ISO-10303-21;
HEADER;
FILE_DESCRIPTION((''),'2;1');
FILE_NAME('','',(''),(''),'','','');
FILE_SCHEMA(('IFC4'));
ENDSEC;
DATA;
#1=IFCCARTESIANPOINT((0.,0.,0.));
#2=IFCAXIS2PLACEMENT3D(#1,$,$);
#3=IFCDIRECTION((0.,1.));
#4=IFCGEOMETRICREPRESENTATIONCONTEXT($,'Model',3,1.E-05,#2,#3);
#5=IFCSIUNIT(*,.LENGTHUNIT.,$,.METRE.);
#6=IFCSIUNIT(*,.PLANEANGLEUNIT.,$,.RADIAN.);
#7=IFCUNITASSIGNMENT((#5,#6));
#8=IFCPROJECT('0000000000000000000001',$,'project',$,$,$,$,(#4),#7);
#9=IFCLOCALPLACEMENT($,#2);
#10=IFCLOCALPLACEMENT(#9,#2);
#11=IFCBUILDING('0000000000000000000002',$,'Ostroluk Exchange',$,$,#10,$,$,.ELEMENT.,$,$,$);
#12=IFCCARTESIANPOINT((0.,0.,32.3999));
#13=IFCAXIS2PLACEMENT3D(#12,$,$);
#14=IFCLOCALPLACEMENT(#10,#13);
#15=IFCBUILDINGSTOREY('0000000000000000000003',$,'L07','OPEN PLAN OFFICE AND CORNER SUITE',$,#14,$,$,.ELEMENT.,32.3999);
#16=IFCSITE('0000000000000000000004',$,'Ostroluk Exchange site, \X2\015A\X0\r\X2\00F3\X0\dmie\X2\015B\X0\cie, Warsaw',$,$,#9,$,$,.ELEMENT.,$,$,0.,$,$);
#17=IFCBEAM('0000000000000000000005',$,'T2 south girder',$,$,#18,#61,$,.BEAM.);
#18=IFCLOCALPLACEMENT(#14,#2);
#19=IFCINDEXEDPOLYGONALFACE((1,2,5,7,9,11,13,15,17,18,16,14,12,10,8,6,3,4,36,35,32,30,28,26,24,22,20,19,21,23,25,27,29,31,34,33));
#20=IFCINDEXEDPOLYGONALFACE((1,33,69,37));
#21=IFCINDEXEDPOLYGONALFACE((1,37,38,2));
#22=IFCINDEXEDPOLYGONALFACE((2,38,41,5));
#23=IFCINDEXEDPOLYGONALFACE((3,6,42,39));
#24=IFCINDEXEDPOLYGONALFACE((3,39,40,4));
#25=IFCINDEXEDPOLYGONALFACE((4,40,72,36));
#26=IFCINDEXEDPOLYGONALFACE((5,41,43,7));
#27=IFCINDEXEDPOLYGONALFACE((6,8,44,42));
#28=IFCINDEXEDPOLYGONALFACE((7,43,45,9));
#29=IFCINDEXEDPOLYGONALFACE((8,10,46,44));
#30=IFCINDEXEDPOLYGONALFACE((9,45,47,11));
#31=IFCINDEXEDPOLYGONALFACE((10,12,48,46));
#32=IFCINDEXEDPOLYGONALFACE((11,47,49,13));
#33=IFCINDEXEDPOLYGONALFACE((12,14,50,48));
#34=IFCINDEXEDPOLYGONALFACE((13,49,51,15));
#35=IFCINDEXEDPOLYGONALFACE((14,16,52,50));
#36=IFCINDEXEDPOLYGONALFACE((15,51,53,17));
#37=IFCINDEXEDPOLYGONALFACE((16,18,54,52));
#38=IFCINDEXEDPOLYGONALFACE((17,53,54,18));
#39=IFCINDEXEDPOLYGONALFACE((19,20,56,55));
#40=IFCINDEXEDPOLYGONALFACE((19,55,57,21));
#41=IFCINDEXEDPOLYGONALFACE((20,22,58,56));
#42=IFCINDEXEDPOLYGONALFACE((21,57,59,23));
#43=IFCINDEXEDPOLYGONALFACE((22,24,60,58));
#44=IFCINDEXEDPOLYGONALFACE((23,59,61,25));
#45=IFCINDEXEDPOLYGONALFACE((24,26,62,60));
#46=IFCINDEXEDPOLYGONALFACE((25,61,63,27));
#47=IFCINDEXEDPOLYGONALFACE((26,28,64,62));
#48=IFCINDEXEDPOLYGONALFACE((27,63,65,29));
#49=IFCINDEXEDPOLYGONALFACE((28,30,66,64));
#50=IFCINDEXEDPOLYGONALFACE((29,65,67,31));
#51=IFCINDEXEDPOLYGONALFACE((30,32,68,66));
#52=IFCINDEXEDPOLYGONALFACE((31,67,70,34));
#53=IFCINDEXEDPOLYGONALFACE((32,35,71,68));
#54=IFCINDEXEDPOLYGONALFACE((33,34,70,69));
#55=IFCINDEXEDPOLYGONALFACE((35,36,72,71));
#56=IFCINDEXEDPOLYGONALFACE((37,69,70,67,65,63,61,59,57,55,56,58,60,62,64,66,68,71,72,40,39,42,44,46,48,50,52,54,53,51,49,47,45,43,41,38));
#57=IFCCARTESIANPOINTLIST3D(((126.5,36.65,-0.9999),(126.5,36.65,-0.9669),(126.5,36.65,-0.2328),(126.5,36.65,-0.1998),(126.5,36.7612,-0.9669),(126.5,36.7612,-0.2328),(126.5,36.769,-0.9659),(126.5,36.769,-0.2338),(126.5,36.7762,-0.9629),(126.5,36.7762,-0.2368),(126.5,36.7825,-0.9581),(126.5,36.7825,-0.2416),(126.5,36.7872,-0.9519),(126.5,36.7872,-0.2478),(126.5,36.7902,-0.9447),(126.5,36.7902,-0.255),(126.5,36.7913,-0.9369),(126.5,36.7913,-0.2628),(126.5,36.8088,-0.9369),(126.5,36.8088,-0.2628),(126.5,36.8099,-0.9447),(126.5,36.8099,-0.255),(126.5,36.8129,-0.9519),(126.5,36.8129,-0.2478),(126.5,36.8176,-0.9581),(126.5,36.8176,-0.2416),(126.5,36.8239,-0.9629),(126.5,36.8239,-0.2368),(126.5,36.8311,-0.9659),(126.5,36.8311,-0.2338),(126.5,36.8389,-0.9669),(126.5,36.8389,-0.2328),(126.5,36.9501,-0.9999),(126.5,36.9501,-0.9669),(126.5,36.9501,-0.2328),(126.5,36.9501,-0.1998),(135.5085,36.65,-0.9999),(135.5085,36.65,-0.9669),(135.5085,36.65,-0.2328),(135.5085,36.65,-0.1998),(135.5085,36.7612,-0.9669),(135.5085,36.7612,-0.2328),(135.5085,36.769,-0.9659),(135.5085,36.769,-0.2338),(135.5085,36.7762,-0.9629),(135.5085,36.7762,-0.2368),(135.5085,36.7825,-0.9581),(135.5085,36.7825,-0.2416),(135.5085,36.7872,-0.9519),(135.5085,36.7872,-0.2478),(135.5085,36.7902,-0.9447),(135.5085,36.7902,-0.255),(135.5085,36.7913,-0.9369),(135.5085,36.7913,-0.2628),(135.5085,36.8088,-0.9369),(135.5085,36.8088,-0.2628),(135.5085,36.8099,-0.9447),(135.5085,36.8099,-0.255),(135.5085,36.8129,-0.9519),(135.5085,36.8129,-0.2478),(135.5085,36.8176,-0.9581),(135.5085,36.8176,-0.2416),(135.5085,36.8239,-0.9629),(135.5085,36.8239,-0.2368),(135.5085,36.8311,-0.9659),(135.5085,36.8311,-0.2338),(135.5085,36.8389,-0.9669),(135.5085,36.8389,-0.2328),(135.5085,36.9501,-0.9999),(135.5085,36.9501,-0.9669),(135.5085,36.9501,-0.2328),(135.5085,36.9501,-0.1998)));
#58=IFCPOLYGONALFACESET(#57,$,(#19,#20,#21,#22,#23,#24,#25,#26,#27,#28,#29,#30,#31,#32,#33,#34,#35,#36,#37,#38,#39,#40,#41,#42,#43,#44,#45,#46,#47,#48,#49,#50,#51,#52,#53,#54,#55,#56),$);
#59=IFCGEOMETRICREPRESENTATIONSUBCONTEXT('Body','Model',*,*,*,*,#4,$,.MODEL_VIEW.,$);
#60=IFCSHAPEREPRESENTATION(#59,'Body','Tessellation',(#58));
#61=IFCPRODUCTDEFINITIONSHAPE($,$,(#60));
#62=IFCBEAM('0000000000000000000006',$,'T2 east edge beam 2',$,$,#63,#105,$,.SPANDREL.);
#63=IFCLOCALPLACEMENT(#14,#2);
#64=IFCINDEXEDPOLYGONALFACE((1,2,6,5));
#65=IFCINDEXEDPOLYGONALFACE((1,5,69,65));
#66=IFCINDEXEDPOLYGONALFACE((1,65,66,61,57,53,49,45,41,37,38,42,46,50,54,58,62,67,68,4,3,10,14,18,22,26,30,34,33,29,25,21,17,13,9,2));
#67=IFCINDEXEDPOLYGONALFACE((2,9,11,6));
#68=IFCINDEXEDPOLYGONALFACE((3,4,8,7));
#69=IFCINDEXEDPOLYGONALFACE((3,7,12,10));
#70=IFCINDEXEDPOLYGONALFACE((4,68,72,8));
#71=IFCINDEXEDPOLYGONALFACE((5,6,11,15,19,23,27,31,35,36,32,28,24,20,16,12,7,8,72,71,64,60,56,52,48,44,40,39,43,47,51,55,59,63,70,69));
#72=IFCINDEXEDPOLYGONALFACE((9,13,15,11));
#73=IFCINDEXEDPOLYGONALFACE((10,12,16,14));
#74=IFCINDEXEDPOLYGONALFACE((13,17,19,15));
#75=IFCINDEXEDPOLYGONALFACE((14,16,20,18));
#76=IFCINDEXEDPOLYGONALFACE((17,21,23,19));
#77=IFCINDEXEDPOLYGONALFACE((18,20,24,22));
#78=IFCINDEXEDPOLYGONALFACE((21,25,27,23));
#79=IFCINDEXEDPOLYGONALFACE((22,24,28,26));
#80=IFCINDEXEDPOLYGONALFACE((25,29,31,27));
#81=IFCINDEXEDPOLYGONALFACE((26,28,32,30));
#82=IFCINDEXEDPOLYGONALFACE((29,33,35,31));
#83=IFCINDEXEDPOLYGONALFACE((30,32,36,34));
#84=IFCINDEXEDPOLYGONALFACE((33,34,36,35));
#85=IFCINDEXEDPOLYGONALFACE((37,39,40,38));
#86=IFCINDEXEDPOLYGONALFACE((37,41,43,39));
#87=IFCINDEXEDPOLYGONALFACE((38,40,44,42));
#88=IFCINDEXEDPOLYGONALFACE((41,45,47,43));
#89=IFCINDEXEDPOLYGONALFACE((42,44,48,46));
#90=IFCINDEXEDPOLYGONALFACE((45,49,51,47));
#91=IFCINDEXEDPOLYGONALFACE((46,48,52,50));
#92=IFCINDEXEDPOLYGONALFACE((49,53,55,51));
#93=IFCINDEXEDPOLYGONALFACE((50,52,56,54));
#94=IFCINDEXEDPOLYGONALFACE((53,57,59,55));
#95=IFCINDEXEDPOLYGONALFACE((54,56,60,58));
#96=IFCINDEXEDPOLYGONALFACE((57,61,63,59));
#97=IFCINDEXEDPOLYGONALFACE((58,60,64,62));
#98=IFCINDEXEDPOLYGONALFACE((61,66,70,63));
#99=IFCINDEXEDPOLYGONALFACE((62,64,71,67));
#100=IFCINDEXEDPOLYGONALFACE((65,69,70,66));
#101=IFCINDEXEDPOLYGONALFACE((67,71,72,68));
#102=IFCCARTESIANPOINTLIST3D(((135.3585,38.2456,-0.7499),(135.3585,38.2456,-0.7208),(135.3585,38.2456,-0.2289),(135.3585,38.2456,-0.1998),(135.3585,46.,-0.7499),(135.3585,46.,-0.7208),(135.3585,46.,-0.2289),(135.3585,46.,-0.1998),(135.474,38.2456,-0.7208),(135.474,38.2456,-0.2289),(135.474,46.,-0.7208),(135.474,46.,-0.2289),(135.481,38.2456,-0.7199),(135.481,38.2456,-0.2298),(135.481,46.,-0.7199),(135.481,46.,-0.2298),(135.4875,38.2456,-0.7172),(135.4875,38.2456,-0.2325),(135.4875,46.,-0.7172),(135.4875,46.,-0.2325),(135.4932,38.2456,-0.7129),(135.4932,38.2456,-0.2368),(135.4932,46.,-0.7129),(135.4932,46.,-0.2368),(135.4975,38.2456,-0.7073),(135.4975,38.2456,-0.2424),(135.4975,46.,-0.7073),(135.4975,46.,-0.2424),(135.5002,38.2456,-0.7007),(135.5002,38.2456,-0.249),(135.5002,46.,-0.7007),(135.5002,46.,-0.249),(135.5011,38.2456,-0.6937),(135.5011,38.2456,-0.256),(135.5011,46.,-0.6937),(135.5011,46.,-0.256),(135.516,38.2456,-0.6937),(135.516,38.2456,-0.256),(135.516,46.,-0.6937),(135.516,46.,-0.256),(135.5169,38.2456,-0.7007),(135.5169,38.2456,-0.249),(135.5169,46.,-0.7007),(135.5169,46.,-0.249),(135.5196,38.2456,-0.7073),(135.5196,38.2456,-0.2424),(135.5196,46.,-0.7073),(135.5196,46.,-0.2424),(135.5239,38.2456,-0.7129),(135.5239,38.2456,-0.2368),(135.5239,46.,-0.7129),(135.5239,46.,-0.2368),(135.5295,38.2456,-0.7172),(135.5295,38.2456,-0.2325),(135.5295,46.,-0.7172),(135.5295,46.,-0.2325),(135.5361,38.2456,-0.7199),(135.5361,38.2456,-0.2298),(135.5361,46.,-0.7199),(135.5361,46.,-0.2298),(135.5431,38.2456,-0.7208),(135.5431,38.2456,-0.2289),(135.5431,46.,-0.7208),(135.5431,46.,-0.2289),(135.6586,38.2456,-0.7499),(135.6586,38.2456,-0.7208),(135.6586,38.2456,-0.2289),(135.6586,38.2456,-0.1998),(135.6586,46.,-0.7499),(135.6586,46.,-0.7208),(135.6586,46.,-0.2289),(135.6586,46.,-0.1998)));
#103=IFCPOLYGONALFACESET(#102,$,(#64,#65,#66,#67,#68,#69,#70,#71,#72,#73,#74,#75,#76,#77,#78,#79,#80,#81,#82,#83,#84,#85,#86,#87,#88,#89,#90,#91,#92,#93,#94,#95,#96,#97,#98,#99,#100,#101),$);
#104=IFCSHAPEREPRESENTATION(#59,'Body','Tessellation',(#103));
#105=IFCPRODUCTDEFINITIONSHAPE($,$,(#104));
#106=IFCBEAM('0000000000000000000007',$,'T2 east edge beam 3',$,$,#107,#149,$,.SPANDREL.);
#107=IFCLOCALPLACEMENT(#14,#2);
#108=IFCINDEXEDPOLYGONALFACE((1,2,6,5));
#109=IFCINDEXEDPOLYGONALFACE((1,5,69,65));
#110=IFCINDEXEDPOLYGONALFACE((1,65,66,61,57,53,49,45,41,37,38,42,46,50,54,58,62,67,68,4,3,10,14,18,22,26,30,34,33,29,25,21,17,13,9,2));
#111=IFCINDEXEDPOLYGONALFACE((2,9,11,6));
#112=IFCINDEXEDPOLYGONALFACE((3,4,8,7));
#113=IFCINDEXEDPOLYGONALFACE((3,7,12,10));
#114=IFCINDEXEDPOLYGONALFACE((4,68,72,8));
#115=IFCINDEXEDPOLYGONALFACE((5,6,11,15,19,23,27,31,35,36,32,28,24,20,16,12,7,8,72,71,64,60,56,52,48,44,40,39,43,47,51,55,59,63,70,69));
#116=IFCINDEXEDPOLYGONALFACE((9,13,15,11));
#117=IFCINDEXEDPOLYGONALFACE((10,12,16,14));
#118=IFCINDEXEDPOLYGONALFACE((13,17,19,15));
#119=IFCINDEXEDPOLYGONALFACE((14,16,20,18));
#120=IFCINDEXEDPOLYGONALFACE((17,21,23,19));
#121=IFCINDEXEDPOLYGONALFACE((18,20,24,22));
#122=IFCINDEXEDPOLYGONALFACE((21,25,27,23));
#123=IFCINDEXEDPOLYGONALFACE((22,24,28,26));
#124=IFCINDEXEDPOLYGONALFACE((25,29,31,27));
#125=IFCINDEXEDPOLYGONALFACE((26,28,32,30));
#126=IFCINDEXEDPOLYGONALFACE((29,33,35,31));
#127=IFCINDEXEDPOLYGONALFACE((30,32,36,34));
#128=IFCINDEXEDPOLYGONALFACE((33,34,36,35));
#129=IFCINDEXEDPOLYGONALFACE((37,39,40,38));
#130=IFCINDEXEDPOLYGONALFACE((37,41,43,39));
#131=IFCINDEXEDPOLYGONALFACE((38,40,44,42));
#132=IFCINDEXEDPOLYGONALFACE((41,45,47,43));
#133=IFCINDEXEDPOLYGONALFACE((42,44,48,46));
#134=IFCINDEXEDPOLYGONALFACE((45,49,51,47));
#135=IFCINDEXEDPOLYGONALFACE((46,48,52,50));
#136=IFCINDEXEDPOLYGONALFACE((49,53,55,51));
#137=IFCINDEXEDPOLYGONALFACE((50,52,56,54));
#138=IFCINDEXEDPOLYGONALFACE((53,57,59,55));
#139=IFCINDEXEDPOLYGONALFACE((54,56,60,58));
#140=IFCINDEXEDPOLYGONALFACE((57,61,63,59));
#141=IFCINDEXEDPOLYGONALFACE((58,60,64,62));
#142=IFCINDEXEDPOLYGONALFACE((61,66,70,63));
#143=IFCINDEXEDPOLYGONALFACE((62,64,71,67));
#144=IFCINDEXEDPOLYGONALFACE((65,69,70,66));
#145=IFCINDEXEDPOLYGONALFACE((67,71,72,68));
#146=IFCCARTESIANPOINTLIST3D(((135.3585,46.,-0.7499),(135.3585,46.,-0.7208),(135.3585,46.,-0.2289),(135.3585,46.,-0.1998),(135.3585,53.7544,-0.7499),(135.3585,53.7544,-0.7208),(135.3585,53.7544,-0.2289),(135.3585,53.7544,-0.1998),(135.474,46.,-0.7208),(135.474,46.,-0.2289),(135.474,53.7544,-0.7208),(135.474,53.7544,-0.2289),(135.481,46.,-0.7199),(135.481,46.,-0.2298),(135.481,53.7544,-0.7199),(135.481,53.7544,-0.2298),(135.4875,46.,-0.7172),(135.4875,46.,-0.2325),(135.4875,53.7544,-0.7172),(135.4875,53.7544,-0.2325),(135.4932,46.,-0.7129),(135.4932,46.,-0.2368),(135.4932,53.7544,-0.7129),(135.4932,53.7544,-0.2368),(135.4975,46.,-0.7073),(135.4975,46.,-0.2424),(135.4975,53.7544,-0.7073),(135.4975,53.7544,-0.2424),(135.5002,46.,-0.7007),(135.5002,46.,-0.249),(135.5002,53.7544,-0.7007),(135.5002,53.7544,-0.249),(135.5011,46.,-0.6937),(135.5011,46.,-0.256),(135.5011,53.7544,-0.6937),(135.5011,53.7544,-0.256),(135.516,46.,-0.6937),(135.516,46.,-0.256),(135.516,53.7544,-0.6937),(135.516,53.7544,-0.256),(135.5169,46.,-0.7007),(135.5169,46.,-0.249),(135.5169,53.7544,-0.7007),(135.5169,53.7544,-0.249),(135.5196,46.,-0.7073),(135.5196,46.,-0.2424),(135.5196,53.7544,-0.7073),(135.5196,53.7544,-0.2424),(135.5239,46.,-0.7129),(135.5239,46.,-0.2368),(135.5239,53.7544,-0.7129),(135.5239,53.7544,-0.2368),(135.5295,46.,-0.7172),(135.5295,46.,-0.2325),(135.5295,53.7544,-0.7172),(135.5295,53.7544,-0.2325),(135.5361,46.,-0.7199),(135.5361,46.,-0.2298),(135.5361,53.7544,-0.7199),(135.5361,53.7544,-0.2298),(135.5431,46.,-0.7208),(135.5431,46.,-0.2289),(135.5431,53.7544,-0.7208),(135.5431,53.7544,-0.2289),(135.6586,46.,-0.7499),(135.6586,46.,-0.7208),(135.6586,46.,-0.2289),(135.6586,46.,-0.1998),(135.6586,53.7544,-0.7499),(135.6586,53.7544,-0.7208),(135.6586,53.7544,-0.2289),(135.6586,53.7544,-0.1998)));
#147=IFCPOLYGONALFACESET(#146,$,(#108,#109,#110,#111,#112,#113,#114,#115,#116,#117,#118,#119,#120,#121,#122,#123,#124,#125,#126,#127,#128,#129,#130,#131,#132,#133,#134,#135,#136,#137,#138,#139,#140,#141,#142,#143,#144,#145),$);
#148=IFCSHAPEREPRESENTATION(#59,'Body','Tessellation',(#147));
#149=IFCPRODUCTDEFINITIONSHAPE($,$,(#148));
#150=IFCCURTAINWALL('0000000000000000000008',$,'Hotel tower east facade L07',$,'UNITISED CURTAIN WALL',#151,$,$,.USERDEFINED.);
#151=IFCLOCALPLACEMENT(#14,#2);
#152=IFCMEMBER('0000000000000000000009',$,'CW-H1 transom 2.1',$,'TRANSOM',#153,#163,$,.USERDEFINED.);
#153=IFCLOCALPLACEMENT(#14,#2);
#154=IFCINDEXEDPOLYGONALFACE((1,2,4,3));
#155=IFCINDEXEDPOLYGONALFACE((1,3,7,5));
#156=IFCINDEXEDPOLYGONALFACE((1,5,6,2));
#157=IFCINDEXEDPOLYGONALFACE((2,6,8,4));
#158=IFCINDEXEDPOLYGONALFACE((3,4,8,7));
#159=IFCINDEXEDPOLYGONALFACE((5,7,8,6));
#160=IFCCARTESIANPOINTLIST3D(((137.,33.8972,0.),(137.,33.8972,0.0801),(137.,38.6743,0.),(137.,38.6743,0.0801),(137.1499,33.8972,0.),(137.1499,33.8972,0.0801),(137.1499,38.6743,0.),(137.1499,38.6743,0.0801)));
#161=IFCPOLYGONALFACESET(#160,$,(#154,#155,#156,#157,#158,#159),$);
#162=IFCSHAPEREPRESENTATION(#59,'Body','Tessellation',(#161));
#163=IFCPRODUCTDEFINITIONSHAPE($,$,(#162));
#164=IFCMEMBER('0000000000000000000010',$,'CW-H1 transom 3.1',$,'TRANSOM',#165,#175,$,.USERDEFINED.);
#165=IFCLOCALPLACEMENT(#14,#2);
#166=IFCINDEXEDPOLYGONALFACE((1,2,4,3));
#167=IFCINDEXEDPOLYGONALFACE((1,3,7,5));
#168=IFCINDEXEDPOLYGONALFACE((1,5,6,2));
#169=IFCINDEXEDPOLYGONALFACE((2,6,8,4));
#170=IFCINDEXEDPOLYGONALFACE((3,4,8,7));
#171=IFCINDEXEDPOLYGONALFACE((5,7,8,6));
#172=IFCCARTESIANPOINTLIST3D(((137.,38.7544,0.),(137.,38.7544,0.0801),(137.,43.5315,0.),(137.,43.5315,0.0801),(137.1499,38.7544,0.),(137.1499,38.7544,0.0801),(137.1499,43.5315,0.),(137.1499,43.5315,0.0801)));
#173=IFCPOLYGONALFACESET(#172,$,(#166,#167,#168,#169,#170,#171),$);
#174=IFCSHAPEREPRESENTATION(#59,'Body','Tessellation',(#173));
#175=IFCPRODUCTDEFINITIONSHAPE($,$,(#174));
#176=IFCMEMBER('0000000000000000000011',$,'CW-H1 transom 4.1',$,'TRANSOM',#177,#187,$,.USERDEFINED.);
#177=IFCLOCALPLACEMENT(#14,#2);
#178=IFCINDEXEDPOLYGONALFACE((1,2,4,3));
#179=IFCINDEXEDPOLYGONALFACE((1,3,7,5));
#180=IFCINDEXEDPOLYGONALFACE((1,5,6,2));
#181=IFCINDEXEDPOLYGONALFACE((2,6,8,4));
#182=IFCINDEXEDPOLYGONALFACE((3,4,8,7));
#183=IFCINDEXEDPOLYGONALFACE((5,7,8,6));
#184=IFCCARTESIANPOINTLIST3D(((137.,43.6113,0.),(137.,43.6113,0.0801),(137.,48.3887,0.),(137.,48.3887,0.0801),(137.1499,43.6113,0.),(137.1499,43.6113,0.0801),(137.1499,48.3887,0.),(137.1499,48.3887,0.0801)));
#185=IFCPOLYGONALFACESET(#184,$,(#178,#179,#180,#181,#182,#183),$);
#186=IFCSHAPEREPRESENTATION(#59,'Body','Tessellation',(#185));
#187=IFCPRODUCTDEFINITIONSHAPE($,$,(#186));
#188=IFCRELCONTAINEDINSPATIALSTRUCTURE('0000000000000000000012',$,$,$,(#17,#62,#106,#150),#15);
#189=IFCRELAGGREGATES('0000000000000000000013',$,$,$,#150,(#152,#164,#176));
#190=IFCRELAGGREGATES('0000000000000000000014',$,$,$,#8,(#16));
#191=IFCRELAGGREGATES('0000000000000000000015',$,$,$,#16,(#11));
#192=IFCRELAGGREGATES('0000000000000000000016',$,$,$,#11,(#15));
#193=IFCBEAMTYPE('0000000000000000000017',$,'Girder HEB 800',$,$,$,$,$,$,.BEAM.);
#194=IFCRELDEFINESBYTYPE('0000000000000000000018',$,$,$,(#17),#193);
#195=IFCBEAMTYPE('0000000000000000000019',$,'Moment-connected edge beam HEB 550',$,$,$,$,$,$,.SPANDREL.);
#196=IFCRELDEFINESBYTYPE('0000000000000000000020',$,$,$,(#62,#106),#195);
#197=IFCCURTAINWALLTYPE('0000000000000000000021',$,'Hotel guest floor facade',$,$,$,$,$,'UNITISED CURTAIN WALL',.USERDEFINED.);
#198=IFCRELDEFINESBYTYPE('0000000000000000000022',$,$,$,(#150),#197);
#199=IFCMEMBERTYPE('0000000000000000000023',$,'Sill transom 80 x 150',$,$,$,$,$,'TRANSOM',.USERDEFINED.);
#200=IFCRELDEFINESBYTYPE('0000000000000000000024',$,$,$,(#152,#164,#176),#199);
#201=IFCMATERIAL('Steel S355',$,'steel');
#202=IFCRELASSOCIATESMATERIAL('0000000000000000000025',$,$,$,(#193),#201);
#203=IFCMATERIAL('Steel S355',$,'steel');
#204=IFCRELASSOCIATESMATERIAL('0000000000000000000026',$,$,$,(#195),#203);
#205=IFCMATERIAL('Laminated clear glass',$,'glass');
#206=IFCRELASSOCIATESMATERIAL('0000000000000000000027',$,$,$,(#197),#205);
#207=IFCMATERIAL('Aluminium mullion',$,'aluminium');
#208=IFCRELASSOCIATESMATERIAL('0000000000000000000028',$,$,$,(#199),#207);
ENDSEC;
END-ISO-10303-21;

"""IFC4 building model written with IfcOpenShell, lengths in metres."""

from ifc_helpers import new_model, si_unit, direction, frame, origin, origin_2d, place, context, subcontext, project, spatial, rectangle, i_section, extrude, material, material_profile, profile_set, type_object, element, aggregate, save


model = new_model("IFC4")

# Units and contexts
model_context = context("Model", 3, precision=1e-05, world=origin(), true_north=direction((0.0, 1.0)))
body_context = subcontext(model_context, "Body", "Model", "MODEL_VIEW")
ifc_project = project(units=[si_unit("LENGTHUNIT", "METRE"), si_unit("PLANEANGLEUNIT", "RADIAN")], contexts=[model_context])

# Site, building, storey
site_placement = place(None, origin())
site = spatial("IfcSite", under=ifc_project, at=site_placement, Name="Ostroluk Exchange site, Śródmieście, Warsaw", CompositionType="ELEMENT", RefElevation=0.0)
building_placement = place(site_placement, origin())
building = spatial("IfcBuilding", under=site, at=building_placement, Name="Ostroluk Exchange", CompositionType="ELEMENT")
storey_placement = place(building_placement, frame((0.0, 0.0, 32.3999)))
storey = spatial("IfcBuildingStorey", under=building, at=storey_placement, Name="L07", Description="OPEN PLAN OFFICE AND CORNER SUITE", CompositionType="ELEMENT", Elevation=32.3999)

# Beams
ifc_material_1 = material(Name="Steel S355", Category="steel")
ifc_material_profile_1 = material_profile(ifc_material_1, i_section(OverallWidth=0.3, OverallDepth=0.8, WebThickness=0.0176, FlangeThickness=0.033, FilletRadius=0.03, at=origin_2d()), Name="HEB 800")
ifc_profile_set_1 = profile_set([ifc_material_profile_1], Name="Steel S355")
beam_type_1 = type_object("IfcBeamType", Name="Girder HEB 800", PredefinedType="BEAM", material=ifc_profile_set_1)
beam_placement = place(storey_placement, frame((126.5, 36.8, -0.5999), z_axis=(1.0, 0.0, 0.0), x_axis=(0.0, 1.0, 0.0)))
element("IfcBeam", 1, at=beam_placement, inside=storey, type_object=beam_type_1, Name="T2 south girder", PredefinedType="BEAM", context=body_context, shape_type="SweptSolid", body=[
    extrude(i_section(OverallWidth=0.3, OverallDepth=0.8, WebThickness=0.0176, FlangeThickness=0.033, FilletRadius=0.03, at=origin_2d()), origin(), (0.0, 0.0, 1.0), 9.0085),
])
ifc_material_2 = material(Name="Steel S355", Category="steel")
ifc_material_profile_2 = material_profile(ifc_material_2, i_section(OverallWidth=0.3, OverallDepth=0.55, WebThickness=0.0149, FlangeThickness=0.0291, FilletRadius=0.0271, at=origin_2d()), Name="HEB 550")
ifc_profile_set_2 = profile_set([ifc_material_profile_2], Name="Steel S355")
beam_type_2 = type_object("IfcBeamType", Name="Moment-connected edge beam HEB 550", PredefinedType="SPANDREL", material=ifc_profile_set_2)
for number, where, z_axis, x_axis, name in (
    (2, (135.5085, 38.2456, -0.4749), (0.0, 1.0, 0.0), (-1.0, 0.0, 0.0), "T2 east edge beam 2"),
    (3, (135.5085, 46.0, -0.4749), (0.0, 1.0, 0.0), (-1.0, 0.0, 0.0), "T2 east edge beam 3"),
):
    element("IfcBeam", number, at=place(storey_placement, frame(where, z_axis=z_axis, x_axis=x_axis)), inside=storey, type_object=beam_type_2, Name=name, PredefinedType="SPANDREL", context=body_context, shape_type="SweptSolid", body=[
        extrude(i_section(OverallWidth=0.3, OverallDepth=0.55, WebThickness=0.0149, FlangeThickness=0.0291, FilletRadius=0.0271, at=origin_2d()), origin(), (0.0, 0.0, 1.0), 7.7544),
    ])

# Curtain wall, members
ifc_material_3 = material(Name="Laminated clear glass", Category="glass")
curtain_wall_type = type_object("IfcCurtainWallType", Name="Hotel guest floor facade", ElementType="UNITISED CURTAIN WALL", PredefinedType="USERDEFINED", material=ifc_material_3)
curtain_wall_placement = place(storey_placement, origin())
curtain_wall = element("IfcCurtainWall", 4, at=curtain_wall_placement, inside=storey, type_object=curtain_wall_type, Name="Hotel tower east facade L07", ObjectType="UNITISED CURTAIN WALL", PredefinedType="USERDEFINED")
ifc_material_4 = material(Name="Aluminium mullion", Category="aluminium")
ifc_material_profile_3 = material_profile(ifc_material_4, rectangle(XDim=0.1499, YDim=0.0801, at=origin_2d()), Name="Sill transom 80 x 150")
ifc_profile_set_3 = profile_set([ifc_material_profile_3], Name="Aluminium mullion")
member_type_1 = type_object("IfcMemberType", Name="Sill transom 80 x 150", ElementType="TRANSOM", PredefinedType="USERDEFINED", material=ifc_profile_set_3)
member_1_placement = place(storey_placement, frame((137.075, 33.8972, 0.04), z_axis=(0.0, 1.0, 0.0), x_axis=(-1.0, 0.0, 0.0)))
member_1 = element("IfcMember", 5, at=member_1_placement, type_object=member_type_1, Name="CW-H1 transom 2.1", ObjectType="TRANSOM", PredefinedType="USERDEFINED", context=body_context, shape_type="SweptSolid", body=[
    extrude(rectangle(XDim=0.1499, YDim=0.0801, at=origin_2d()), origin(), (0.0, 0.0, 1.0), 4.7771),
])
member_2_placement = place(storey_placement, frame((137.075, 38.7544, 0.04), z_axis=(0.0, 1.0, 0.0), x_axis=(-1.0, 0.0, 0.0)))
member_2 = element("IfcMember", 6, at=member_2_placement, type_object=member_type_1, Name="CW-H1 transom 3.1", ObjectType="TRANSOM", PredefinedType="USERDEFINED", context=body_context, shape_type="SweptSolid", body=[
    extrude(rectangle(XDim=0.1499, YDim=0.0801, at=origin_2d()), origin(), (0.0, 0.0, 1.0), 4.7771),
])
member_3_placement = place(storey_placement, frame((137.075, 43.6113, 0.04), z_axis=(0.0, 1.0, 0.0), x_axis=(-1.0, 0.0, 0.0)))
member_3 = element("IfcMember", 7, at=member_3_placement, type_object=member_type_1, Name="CW-H1 transom 4.1", ObjectType="TRANSOM", PredefinedType="USERDEFINED", context=body_context, shape_type="SweptSolid", body=[
    extrude(rectangle(XDim=0.1499, YDim=0.0801, at=origin_2d()), origin(), (0.0, 0.0, 1.0), 4.7773),
])
aggregate(curtain_wall, [member_1, member_2, member_3])

save(model, "model.ifc")
